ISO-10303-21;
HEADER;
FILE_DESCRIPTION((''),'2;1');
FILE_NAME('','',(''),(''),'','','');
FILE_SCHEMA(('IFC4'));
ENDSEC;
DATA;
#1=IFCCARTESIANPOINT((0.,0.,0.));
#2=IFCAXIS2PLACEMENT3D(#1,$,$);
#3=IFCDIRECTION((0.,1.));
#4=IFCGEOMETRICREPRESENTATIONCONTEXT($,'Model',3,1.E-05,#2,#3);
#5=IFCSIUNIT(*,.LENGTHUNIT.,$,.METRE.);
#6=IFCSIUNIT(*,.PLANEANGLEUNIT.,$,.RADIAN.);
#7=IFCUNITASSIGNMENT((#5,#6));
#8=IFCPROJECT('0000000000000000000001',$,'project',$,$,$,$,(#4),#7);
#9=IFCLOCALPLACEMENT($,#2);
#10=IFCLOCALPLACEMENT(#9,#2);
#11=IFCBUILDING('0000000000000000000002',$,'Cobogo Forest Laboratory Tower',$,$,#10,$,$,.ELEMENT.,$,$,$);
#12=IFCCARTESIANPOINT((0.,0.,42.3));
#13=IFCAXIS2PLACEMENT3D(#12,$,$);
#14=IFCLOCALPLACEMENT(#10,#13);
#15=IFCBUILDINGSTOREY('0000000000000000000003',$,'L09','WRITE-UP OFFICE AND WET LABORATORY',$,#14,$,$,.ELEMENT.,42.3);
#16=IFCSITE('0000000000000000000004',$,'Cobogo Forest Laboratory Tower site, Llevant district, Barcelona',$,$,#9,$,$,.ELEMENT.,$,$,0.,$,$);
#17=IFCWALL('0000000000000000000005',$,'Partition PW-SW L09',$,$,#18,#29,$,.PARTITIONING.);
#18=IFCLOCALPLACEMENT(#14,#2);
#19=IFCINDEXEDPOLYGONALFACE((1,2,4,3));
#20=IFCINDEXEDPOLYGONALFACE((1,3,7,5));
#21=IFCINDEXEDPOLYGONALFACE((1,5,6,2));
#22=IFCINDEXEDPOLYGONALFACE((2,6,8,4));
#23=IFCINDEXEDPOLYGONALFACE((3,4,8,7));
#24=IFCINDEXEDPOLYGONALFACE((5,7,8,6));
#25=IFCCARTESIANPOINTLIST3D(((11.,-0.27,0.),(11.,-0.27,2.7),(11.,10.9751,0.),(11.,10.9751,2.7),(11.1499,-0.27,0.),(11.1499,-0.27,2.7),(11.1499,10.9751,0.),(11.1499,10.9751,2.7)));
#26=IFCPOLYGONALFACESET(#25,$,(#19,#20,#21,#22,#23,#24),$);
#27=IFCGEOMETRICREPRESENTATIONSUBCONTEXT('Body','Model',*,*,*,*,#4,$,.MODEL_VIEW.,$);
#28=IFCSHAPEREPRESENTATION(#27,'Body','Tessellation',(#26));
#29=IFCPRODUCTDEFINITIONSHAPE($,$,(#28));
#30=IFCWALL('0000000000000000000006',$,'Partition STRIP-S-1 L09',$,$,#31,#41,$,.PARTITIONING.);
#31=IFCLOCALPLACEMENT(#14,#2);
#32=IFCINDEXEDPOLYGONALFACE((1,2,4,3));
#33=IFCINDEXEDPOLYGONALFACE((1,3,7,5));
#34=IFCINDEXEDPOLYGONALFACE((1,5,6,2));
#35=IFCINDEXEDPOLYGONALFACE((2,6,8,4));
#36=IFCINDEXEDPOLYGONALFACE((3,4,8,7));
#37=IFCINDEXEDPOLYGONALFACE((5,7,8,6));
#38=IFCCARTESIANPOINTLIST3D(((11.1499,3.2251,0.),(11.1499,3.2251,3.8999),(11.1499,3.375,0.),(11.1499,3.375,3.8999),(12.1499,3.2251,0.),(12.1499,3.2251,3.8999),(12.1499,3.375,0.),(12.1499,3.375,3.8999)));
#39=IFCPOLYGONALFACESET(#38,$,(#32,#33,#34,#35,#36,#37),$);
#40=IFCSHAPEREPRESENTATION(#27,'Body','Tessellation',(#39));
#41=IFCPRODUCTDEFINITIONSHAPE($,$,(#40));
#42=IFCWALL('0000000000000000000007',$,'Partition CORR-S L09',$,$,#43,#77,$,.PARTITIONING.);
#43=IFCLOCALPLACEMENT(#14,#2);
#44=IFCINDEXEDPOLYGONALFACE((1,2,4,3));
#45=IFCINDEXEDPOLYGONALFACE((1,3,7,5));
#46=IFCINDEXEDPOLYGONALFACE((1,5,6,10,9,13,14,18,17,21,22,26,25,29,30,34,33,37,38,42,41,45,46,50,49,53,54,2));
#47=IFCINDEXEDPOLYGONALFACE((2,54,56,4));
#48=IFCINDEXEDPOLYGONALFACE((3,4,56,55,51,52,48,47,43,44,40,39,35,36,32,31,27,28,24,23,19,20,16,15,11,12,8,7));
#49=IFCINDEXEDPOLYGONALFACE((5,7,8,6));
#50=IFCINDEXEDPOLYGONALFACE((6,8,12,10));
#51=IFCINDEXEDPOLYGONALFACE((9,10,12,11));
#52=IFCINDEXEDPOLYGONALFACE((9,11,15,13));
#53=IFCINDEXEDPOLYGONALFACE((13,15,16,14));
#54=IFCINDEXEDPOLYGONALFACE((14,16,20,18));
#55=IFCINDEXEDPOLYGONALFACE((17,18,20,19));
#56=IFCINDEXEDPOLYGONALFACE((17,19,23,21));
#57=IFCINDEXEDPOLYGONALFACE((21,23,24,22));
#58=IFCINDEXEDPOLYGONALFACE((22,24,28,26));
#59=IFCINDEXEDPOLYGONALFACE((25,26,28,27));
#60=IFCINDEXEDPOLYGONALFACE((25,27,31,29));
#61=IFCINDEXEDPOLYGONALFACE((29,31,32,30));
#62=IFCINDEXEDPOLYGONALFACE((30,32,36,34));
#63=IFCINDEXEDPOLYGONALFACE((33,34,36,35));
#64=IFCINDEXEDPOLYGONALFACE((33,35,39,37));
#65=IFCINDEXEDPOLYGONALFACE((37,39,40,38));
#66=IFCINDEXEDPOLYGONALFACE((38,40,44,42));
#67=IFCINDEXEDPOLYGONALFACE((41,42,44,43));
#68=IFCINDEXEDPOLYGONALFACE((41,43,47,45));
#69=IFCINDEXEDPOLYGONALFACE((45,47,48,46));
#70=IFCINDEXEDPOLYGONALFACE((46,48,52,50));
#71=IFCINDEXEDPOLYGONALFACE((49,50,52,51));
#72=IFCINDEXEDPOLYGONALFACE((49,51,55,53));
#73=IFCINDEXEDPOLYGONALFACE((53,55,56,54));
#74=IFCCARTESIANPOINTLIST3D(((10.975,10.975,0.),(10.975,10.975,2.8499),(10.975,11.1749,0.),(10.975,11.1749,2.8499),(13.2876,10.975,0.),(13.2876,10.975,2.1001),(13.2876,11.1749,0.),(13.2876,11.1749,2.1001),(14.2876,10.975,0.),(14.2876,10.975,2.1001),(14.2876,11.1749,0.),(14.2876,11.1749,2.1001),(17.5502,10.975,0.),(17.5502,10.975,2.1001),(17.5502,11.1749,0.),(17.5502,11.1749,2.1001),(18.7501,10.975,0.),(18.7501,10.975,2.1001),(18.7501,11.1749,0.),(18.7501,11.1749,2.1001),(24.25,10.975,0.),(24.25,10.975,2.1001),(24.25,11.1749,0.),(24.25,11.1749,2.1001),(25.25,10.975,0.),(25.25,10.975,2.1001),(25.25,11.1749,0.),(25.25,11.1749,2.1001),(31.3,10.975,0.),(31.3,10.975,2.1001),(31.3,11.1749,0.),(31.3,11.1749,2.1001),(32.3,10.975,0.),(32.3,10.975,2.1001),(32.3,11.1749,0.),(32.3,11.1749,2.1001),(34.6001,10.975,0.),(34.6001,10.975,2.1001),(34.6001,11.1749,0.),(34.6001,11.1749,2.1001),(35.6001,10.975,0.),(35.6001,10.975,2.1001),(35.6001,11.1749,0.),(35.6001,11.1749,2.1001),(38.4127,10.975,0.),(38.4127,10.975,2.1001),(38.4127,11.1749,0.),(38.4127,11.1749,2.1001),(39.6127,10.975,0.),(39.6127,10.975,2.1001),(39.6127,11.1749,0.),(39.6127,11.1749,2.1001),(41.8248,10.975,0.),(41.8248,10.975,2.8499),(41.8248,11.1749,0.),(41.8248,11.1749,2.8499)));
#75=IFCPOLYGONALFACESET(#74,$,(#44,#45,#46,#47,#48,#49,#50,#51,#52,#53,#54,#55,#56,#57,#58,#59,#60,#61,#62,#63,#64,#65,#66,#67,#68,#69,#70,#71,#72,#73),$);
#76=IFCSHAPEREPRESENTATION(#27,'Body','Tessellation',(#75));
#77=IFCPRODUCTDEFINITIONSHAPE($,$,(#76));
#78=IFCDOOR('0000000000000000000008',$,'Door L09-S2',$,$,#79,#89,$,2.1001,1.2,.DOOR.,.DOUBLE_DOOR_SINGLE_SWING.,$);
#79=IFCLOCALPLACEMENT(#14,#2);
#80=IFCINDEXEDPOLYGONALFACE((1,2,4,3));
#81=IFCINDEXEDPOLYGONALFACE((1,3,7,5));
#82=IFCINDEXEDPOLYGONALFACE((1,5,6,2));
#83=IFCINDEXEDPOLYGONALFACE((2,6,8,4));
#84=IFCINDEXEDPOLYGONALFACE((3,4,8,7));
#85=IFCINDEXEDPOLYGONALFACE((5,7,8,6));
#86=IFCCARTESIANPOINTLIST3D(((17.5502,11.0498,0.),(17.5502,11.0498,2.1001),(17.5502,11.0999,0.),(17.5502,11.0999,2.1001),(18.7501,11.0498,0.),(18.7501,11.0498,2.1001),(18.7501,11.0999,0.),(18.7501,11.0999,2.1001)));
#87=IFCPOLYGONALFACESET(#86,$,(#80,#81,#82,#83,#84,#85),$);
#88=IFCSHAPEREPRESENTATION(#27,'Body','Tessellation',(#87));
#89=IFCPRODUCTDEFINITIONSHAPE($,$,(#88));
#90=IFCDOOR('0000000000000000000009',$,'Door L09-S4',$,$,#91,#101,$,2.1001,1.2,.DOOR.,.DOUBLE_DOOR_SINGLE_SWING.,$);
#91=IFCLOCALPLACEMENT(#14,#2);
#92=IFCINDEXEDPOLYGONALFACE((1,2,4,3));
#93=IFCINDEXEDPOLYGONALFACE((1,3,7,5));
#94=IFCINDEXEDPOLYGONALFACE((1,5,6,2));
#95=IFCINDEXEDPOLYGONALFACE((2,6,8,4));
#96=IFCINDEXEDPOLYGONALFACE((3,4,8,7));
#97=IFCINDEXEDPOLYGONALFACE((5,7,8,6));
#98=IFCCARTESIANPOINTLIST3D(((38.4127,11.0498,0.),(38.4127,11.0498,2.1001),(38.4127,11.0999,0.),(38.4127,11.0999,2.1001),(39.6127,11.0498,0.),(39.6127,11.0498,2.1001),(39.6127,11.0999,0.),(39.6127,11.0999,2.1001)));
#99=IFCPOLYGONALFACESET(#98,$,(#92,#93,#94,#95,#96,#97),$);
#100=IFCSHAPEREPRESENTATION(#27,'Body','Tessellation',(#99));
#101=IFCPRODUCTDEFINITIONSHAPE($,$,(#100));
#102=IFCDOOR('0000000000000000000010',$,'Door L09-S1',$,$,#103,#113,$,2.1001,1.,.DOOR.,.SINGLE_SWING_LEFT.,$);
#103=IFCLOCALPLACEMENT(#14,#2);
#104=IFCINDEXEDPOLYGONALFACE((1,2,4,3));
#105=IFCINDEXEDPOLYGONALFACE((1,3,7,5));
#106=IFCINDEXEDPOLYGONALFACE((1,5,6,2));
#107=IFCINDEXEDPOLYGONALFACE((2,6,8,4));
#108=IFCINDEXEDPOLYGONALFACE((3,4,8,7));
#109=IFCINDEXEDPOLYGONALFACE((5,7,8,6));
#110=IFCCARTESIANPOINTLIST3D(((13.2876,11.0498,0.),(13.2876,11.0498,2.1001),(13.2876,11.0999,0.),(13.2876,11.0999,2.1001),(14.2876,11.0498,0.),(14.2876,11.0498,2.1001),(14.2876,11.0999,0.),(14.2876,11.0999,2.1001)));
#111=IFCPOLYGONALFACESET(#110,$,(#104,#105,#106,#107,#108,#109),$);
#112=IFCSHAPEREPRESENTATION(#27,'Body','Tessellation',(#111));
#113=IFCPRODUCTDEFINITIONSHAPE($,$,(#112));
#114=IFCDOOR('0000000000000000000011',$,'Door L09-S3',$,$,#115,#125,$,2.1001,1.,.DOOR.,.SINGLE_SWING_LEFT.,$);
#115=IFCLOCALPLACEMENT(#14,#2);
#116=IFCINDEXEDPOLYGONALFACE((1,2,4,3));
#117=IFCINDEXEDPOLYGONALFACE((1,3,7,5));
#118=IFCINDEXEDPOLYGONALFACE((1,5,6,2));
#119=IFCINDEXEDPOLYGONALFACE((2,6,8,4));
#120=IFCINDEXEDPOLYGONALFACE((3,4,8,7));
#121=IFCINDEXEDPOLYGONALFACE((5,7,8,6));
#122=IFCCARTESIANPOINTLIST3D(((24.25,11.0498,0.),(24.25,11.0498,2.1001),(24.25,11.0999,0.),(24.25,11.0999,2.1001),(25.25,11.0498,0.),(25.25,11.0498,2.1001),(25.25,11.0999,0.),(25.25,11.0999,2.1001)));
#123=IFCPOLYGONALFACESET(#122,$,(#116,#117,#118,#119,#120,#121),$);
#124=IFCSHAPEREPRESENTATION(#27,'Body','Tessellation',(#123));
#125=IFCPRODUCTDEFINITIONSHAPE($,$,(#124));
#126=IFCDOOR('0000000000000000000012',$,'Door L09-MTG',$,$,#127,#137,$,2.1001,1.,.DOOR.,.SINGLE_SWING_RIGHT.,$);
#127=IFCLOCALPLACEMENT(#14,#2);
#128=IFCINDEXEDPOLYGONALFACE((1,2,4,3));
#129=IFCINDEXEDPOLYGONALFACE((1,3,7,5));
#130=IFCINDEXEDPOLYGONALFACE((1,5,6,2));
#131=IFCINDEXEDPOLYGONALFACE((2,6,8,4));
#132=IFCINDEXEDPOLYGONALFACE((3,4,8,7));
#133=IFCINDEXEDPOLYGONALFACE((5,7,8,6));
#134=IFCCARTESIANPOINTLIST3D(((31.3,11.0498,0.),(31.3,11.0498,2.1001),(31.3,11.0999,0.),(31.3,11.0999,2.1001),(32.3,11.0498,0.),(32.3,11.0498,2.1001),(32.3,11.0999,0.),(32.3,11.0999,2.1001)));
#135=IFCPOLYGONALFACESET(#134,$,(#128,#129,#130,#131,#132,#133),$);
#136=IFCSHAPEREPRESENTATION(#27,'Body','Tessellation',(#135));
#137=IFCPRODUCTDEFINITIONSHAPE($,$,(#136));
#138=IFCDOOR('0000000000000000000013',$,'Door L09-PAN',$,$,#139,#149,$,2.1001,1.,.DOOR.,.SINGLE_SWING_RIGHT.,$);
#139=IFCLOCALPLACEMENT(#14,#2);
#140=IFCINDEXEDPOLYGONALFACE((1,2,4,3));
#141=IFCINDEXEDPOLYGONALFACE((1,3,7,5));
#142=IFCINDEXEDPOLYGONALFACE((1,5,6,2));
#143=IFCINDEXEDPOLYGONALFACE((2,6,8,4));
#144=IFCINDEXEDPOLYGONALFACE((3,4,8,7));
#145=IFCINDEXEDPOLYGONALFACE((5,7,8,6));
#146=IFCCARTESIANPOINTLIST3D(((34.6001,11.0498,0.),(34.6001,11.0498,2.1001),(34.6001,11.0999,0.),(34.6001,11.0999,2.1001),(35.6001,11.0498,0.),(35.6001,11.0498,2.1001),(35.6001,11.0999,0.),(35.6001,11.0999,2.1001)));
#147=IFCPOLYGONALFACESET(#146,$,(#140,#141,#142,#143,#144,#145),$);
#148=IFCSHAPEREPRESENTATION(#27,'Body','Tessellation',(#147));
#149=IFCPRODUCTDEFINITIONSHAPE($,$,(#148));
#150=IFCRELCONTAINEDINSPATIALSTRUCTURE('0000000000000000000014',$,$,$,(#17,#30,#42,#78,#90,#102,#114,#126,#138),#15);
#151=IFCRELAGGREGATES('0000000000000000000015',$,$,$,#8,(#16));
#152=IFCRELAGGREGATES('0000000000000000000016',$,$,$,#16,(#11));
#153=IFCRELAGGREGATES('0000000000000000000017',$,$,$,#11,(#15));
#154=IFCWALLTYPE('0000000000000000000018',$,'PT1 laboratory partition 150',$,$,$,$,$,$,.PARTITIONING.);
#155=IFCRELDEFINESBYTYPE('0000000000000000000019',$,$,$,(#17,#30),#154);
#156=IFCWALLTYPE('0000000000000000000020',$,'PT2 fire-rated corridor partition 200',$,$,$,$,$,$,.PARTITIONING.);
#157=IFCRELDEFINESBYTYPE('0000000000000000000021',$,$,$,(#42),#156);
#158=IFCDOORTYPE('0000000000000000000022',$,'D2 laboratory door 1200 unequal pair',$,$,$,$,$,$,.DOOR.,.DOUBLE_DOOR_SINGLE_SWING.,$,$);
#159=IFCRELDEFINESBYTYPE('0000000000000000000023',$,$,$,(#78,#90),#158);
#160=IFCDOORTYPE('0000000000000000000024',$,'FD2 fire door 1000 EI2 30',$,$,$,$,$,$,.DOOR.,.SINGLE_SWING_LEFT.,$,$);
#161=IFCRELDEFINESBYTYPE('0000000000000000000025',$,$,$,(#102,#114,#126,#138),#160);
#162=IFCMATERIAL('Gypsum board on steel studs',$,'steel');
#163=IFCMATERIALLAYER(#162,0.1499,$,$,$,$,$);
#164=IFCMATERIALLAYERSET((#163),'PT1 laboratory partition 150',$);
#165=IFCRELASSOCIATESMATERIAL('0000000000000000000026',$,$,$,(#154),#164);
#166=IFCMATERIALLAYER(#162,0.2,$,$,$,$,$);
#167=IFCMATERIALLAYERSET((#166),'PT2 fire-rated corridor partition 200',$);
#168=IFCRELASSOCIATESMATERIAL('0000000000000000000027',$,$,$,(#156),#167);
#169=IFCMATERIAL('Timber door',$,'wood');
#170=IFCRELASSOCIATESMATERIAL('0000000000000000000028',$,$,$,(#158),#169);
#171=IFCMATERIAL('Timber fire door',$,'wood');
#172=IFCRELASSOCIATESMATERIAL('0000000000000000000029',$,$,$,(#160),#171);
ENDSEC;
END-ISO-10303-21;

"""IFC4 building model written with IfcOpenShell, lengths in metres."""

from ifc_helpers import new_model, si_unit, direction, frame, frame_2d, origin, place, context, subcontext, project, spatial, rectangle, extrude, material, layer, layer_set, type_object, element, fill, save


model = new_model("IFC4")

# Units and contexts
model_context = context("Model", 3, precision=1e-05, world=origin(), true_north=direction((0.0, 1.0)))
body_context = subcontext(model_context, "Body", "Model", "MODEL_VIEW")
ifc_project = project(units=[si_unit("LENGTHUNIT", "METRE"), si_unit("PLANEANGLEUNIT", "RADIAN")], contexts=[model_context])

# Site, building, storey
site_placement = place(None, origin())
site = spatial("IfcSite", under=ifc_project, at=site_placement, Name="Cobogo Forest Laboratory Tower site, Llevant district, Barcelona", CompositionType="ELEMENT", RefElevation=0.0)
building_placement = place(site_placement, origin())
building = spatial("IfcBuilding", under=site, at=building_placement, Name="Cobogo Forest Laboratory Tower", CompositionType="ELEMENT")
storey_placement = place(building_placement, frame((0.0, 0.0, 42.3)))
storey = spatial("IfcBuildingStorey", under=building, at=storey_placement, Name="L09", Description="WRITE-UP OFFICE AND WET LABORATORY", CompositionType="ELEMENT", Elevation=42.3)

# Walls
ifc_material_1 = material(Name="Gypsum board on steel studs", Category="steel")
ifc_layer_1 = layer(ifc_material_1, 0.1499)
ifc_layer_set_1 = layer_set([ifc_layer_1], Name="PT1 laboratory partition 150")
wall_type_1 = type_object("IfcWallType", Name="PT1 laboratory partition 150", PredefinedType="PARTITIONING", material=ifc_layer_set_1)
wall_1_placement = place(storey_placement, frame((11.075, -0.27, 0.0), z_axis=(0.0, 0.0, 1.0), x_axis=(0.0, 1.0, 0.0)))
element("IfcWall", 1, at=wall_1_placement, inside=storey, type_object=wall_type_1, Name="Partition PW-SW L09", PredefinedType="PARTITIONING", context=body_context, shape_type="SweptSolid", body=[
    extrude(rectangle(XDim=11.2451, YDim=0.1499, at=frame_2d((5.6226, 0.0))), origin(), (0.0, 0.0, 1.0), 2.7),
])
wall_2_placement = place(storey_placement, frame((11.1499, 3.3, 0.0), z_axis=(0.0, 0.0, 1.0), x_axis=(1.0, 0.0, 0.0)))
element("IfcWall", 2, at=wall_2_placement, inside=storey, type_object=wall_type_1, Name="Partition STRIP-S-1 L09", PredefinedType="PARTITIONING", context=body_context, shape_type="SweptSolid", body=[
    extrude(rectangle(XDim=1.0, YDim=0.1499, at=frame_2d((0.5, 0.0))), origin(), (0.0, 0.0, 1.0), 3.8999),
])

# Wall, openings, doors
ifc_layer_2 = layer(ifc_material_1, 0.2)
ifc_layer_set_2 = layer_set([ifc_layer_2], Name="PT2 fire-rated corridor partition 200")
wall_type_2 = type_object("IfcWallType", Name="PT2 fire-rated corridor partition 200", PredefinedType="PARTITIONING", material=ifc_layer_set_2)
wall_3_placement = place(storey_placement, frame((10.9751, 11.075, 0.0), z_axis=(0.0, 0.0, 1.0), x_axis=(1.0, 0.0, 0.0)))
wall_3 = element("IfcWall", 3, at=wall_3_placement, inside=storey, type_object=wall_type_2, Name="Partition CORR-S L09", PredefinedType="PARTITIONING", context=body_context, shape_type="SweptSolid", body=[
    extrude(rectangle(XDim=30.8499, YDim=0.2, at=frame_2d((15.4248, 0.0))), origin(), (0.0, 0.0, 1.0), 2.8499),
])
opening_1_placement = place(wall_3_placement, frame((2.3125, 0.0, 0.0)))
opening_1 = element("IfcOpeningElement", 4, at=opening_1_placement, cuts=wall_3, PredefinedType="OPENING", context=body_context, shape_type="SweptSolid", body=[
    extrude(rectangle(XDim=1.0, YDim=2.1001, at=frame_2d((0.5, 1.05))), frame((0.0, 0.1099, 0.0), z_axis=(0.0, -1.0, 0.0), x_axis=(1.0, 0.0, 0.0)), (0.0, 0.0, 1.0), 0.22),
])
opening_2_placement = place(wall_3_placement, frame((6.575, 0.0, 0.0)))
opening_2 = element("IfcOpeningElement", 5, at=opening_2_placement, cuts=wall_3, PredefinedType="OPENING", context=body_context, shape_type="SweptSolid", body=[
    extrude(rectangle(XDim=1.2, YDim=2.1001, at=frame_2d((0.6001, 1.05))), frame((0.0, 0.1099, 0.0), z_axis=(0.0, -1.0, 0.0), x_axis=(1.0, 0.0, 0.0)), (0.0, 0.0, 1.0), 0.22),
])
opening_3_placement = place(wall_3_placement, frame((13.2749, 0.0, 0.0)))
opening_3 = element("IfcOpeningElement", 6, at=opening_3_placement, cuts=wall_3, PredefinedType="OPENING", context=body_context, shape_type="SweptSolid", body=[
    extrude(rectangle(XDim=1.0, YDim=2.1001, at=frame_2d((0.5, 1.05))), frame((0.0, 0.1099, 0.0), z_axis=(0.0, -1.0, 0.0), x_axis=(1.0, 0.0, 0.0)), (0.0, 0.0, 1.0), 0.22),
])
opening_4_placement = place(wall_3_placement, frame((20.325, 0.0, 0.0)))
opening_4 = element("IfcOpeningElement", 7, at=opening_4_placement, cuts=wall_3, PredefinedType="OPENING", context=body_context, shape_type="SweptSolid", body=[
    extrude(rectangle(XDim=1.0, YDim=2.1001, at=frame_2d((0.5, 1.05))), frame((0.0, 0.1099, 0.0), z_axis=(0.0, -1.0, 0.0), x_axis=(1.0, 0.0, 0.0)), (0.0, 0.0, 1.0), 0.22),
])
opening_5_placement = place(wall_3_placement, frame((23.625, 0.0, 0.0)))
opening_5 = element("IfcOpeningElement", 8, at=opening_5_placement, cuts=wall_3, PredefinedType="OPENING", context=body_context, shape_type="SweptSolid", body=[
    extrude(rectangle(XDim=1.0, YDim=2.1001, at=frame_2d((0.5, 1.05))), frame((0.0, 0.1099, 0.0), z_axis=(0.0, -1.0, 0.0), x_axis=(1.0, 0.0, 0.0)), (0.0, 0.0, 1.0), 0.22),
])
opening_6_placement = place(wall_3_placement, frame((27.4375, 0.0, 0.0)))
opening_6 = element("IfcOpeningElement", 9, at=opening_6_placement, cuts=wall_3, PredefinedType="OPENING", context=body_context, shape_type="SweptSolid", body=[
    extrude(rectangle(XDim=1.2, YDim=2.1001, at=frame_2d((0.6001, 1.05))), frame((0.0, 0.1099, 0.0), z_axis=(0.0, -1.0, 0.0), x_axis=(1.0, 0.0, 0.0)), (0.0, 0.0, 1.0), 0.22),
])
ifc_material_2 = material(Name="Timber door", Category="wood")
door_type_1 = type_object("IfcDoorType", Name="D2 laboratory door 1200 unequal pair", OperationType="DOUBLE_DOOR_SINGLE_SWING", PredefinedType="DOOR", material=ifc_material_2)
door_1_placement = place(opening_2_placement, origin())
door_1 = element("IfcDoor", 10, at=door_1_placement, inside=storey, type_object=door_type_1, Name="Door L09-S2", OperationType="DOUBLE_DOOR_SINGLE_SWING", OverallHeight=2.1001, OverallWidth=1.2, PredefinedType="DOOR", context=body_context, shape_type="SweptSolid", body=[
    extrude(rectangle(XDim=1.2, YDim=2.1001, at=frame_2d((0.6001, 1.05))), frame((0.0, 0.0249, 0.0), z_axis=(0.0, -1.0, 0.0), x_axis=(1.0, 0.0, 0.0)), (0.0, 0.0, 1.0), 0.05),
])
fill(opening_2, door_1)
door_2_placement = place(opening_6_placement, origin())
door_2 = element("IfcDoor", 11, at=door_2_placement, inside=storey, type_object=door_type_1, Name="Door L09-S4", OperationType="DOUBLE_DOOR_SINGLE_SWING", OverallHeight=2.1001, OverallWidth=1.2, PredefinedType="DOOR", context=body_context, shape_type="SweptSolid", body=[
    extrude(rectangle(XDim=1.2, YDim=2.1001, at=frame_2d((0.6001, 1.05))), frame((0.0, 0.0249, 0.0), z_axis=(0.0, -1.0, 0.0), x_axis=(1.0, 0.0, 0.0)), (0.0, 0.0, 1.0), 0.05),
])
fill(opening_6, door_2)
ifc_material_3 = material(Name="Timber fire door", Category="wood")
door_type_2 = type_object("IfcDoorType", Name="FD2 fire door 1000 EI2 30", OperationType="SINGLE_SWING_LEFT", PredefinedType="DOOR", material=ifc_material_3)
door_3_placement = place(opening_1_placement, origin())
door_3 = element("IfcDoor", 12, at=door_3_placement, inside=storey, type_object=door_type_2, Name="Door L09-S1", OperationType="SINGLE_SWING_LEFT", OverallHeight=2.1001, OverallWidth=1.0, PredefinedType="DOOR", context=body_context, shape_type="SweptSolid", body=[
    extrude(rectangle(XDim=1.0, YDim=2.1001, at=frame_2d((0.5, 1.05))), frame((0.0, 0.0249, 0.0), z_axis=(0.0, -1.0, 0.0), x_axis=(1.0, 0.0, 0.0)), (0.0, 0.0, 1.0), 0.05),
])
fill(opening_1, door_3)
door_4_placement = place(opening_3_placement, origin())
door_4 = element("IfcDoor", 13, at=door_4_placement, inside=storey, type_object=door_type_2, Name="Door L09-S3", OperationType="SINGLE_SWING_LEFT", OverallHeight=2.1001, OverallWidth=1.0, PredefinedType="DOOR", context=body_context, shape_type="SweptSolid", body=[
    extrude(rectangle(XDim=1.0, YDim=2.1001, at=frame_2d((0.5, 1.05))), frame((0.0, 0.0249, 0.0), z_axis=(0.0, -1.0, 0.0), x_axis=(1.0, 0.0, 0.0)), (0.0, 0.0, 1.0), 0.05),
])
fill(opening_3, door_4)
door_5_placement = place(opening_4_placement, origin())
door_5 = element("IfcDoor", 14, at=door_5_placement, inside=storey, type_object=door_type_2, Name="Door L09-MTG", OperationType="SINGLE_SWING_RIGHT", OverallHeight=2.1001, OverallWidth=1.0, PredefinedType="DOOR", context=body_context, shape_type="SweptSolid", body=[
    extrude(rectangle(XDim=1.0, YDim=2.1001, at=frame_2d((0.5, 1.05))), frame((0.0, 0.0249, 0.0), z_axis=(0.0, -1.0, 0.0), x_axis=(1.0, 0.0, 0.0)), (0.0, 0.0, 1.0), 0.05),
])
fill(opening_4, door_5)
door_6_placement = place(opening_5_placement, origin())
door_6 = element("IfcDoor", 15, at=door_6_placement, inside=storey, type_object=door_type_2, Name="Door L09-PAN", OperationType="SINGLE_SWING_RIGHT", OverallHeight=2.1001, OverallWidth=1.0, PredefinedType="DOOR", context=body_context, shape_type="SweptSolid", body=[
    extrude(rectangle(XDim=1.0, YDim=2.1001, at=frame_2d((0.5, 1.05))), frame((0.0, 0.0249, 0.0), z_axis=(0.0, -1.0, 0.0), x_axis=(1.0, 0.0, 0.0)), (0.0, 0.0, 1.0), 0.05),
])
fill(opening_5, door_6)

save(model, "model.ifc")
